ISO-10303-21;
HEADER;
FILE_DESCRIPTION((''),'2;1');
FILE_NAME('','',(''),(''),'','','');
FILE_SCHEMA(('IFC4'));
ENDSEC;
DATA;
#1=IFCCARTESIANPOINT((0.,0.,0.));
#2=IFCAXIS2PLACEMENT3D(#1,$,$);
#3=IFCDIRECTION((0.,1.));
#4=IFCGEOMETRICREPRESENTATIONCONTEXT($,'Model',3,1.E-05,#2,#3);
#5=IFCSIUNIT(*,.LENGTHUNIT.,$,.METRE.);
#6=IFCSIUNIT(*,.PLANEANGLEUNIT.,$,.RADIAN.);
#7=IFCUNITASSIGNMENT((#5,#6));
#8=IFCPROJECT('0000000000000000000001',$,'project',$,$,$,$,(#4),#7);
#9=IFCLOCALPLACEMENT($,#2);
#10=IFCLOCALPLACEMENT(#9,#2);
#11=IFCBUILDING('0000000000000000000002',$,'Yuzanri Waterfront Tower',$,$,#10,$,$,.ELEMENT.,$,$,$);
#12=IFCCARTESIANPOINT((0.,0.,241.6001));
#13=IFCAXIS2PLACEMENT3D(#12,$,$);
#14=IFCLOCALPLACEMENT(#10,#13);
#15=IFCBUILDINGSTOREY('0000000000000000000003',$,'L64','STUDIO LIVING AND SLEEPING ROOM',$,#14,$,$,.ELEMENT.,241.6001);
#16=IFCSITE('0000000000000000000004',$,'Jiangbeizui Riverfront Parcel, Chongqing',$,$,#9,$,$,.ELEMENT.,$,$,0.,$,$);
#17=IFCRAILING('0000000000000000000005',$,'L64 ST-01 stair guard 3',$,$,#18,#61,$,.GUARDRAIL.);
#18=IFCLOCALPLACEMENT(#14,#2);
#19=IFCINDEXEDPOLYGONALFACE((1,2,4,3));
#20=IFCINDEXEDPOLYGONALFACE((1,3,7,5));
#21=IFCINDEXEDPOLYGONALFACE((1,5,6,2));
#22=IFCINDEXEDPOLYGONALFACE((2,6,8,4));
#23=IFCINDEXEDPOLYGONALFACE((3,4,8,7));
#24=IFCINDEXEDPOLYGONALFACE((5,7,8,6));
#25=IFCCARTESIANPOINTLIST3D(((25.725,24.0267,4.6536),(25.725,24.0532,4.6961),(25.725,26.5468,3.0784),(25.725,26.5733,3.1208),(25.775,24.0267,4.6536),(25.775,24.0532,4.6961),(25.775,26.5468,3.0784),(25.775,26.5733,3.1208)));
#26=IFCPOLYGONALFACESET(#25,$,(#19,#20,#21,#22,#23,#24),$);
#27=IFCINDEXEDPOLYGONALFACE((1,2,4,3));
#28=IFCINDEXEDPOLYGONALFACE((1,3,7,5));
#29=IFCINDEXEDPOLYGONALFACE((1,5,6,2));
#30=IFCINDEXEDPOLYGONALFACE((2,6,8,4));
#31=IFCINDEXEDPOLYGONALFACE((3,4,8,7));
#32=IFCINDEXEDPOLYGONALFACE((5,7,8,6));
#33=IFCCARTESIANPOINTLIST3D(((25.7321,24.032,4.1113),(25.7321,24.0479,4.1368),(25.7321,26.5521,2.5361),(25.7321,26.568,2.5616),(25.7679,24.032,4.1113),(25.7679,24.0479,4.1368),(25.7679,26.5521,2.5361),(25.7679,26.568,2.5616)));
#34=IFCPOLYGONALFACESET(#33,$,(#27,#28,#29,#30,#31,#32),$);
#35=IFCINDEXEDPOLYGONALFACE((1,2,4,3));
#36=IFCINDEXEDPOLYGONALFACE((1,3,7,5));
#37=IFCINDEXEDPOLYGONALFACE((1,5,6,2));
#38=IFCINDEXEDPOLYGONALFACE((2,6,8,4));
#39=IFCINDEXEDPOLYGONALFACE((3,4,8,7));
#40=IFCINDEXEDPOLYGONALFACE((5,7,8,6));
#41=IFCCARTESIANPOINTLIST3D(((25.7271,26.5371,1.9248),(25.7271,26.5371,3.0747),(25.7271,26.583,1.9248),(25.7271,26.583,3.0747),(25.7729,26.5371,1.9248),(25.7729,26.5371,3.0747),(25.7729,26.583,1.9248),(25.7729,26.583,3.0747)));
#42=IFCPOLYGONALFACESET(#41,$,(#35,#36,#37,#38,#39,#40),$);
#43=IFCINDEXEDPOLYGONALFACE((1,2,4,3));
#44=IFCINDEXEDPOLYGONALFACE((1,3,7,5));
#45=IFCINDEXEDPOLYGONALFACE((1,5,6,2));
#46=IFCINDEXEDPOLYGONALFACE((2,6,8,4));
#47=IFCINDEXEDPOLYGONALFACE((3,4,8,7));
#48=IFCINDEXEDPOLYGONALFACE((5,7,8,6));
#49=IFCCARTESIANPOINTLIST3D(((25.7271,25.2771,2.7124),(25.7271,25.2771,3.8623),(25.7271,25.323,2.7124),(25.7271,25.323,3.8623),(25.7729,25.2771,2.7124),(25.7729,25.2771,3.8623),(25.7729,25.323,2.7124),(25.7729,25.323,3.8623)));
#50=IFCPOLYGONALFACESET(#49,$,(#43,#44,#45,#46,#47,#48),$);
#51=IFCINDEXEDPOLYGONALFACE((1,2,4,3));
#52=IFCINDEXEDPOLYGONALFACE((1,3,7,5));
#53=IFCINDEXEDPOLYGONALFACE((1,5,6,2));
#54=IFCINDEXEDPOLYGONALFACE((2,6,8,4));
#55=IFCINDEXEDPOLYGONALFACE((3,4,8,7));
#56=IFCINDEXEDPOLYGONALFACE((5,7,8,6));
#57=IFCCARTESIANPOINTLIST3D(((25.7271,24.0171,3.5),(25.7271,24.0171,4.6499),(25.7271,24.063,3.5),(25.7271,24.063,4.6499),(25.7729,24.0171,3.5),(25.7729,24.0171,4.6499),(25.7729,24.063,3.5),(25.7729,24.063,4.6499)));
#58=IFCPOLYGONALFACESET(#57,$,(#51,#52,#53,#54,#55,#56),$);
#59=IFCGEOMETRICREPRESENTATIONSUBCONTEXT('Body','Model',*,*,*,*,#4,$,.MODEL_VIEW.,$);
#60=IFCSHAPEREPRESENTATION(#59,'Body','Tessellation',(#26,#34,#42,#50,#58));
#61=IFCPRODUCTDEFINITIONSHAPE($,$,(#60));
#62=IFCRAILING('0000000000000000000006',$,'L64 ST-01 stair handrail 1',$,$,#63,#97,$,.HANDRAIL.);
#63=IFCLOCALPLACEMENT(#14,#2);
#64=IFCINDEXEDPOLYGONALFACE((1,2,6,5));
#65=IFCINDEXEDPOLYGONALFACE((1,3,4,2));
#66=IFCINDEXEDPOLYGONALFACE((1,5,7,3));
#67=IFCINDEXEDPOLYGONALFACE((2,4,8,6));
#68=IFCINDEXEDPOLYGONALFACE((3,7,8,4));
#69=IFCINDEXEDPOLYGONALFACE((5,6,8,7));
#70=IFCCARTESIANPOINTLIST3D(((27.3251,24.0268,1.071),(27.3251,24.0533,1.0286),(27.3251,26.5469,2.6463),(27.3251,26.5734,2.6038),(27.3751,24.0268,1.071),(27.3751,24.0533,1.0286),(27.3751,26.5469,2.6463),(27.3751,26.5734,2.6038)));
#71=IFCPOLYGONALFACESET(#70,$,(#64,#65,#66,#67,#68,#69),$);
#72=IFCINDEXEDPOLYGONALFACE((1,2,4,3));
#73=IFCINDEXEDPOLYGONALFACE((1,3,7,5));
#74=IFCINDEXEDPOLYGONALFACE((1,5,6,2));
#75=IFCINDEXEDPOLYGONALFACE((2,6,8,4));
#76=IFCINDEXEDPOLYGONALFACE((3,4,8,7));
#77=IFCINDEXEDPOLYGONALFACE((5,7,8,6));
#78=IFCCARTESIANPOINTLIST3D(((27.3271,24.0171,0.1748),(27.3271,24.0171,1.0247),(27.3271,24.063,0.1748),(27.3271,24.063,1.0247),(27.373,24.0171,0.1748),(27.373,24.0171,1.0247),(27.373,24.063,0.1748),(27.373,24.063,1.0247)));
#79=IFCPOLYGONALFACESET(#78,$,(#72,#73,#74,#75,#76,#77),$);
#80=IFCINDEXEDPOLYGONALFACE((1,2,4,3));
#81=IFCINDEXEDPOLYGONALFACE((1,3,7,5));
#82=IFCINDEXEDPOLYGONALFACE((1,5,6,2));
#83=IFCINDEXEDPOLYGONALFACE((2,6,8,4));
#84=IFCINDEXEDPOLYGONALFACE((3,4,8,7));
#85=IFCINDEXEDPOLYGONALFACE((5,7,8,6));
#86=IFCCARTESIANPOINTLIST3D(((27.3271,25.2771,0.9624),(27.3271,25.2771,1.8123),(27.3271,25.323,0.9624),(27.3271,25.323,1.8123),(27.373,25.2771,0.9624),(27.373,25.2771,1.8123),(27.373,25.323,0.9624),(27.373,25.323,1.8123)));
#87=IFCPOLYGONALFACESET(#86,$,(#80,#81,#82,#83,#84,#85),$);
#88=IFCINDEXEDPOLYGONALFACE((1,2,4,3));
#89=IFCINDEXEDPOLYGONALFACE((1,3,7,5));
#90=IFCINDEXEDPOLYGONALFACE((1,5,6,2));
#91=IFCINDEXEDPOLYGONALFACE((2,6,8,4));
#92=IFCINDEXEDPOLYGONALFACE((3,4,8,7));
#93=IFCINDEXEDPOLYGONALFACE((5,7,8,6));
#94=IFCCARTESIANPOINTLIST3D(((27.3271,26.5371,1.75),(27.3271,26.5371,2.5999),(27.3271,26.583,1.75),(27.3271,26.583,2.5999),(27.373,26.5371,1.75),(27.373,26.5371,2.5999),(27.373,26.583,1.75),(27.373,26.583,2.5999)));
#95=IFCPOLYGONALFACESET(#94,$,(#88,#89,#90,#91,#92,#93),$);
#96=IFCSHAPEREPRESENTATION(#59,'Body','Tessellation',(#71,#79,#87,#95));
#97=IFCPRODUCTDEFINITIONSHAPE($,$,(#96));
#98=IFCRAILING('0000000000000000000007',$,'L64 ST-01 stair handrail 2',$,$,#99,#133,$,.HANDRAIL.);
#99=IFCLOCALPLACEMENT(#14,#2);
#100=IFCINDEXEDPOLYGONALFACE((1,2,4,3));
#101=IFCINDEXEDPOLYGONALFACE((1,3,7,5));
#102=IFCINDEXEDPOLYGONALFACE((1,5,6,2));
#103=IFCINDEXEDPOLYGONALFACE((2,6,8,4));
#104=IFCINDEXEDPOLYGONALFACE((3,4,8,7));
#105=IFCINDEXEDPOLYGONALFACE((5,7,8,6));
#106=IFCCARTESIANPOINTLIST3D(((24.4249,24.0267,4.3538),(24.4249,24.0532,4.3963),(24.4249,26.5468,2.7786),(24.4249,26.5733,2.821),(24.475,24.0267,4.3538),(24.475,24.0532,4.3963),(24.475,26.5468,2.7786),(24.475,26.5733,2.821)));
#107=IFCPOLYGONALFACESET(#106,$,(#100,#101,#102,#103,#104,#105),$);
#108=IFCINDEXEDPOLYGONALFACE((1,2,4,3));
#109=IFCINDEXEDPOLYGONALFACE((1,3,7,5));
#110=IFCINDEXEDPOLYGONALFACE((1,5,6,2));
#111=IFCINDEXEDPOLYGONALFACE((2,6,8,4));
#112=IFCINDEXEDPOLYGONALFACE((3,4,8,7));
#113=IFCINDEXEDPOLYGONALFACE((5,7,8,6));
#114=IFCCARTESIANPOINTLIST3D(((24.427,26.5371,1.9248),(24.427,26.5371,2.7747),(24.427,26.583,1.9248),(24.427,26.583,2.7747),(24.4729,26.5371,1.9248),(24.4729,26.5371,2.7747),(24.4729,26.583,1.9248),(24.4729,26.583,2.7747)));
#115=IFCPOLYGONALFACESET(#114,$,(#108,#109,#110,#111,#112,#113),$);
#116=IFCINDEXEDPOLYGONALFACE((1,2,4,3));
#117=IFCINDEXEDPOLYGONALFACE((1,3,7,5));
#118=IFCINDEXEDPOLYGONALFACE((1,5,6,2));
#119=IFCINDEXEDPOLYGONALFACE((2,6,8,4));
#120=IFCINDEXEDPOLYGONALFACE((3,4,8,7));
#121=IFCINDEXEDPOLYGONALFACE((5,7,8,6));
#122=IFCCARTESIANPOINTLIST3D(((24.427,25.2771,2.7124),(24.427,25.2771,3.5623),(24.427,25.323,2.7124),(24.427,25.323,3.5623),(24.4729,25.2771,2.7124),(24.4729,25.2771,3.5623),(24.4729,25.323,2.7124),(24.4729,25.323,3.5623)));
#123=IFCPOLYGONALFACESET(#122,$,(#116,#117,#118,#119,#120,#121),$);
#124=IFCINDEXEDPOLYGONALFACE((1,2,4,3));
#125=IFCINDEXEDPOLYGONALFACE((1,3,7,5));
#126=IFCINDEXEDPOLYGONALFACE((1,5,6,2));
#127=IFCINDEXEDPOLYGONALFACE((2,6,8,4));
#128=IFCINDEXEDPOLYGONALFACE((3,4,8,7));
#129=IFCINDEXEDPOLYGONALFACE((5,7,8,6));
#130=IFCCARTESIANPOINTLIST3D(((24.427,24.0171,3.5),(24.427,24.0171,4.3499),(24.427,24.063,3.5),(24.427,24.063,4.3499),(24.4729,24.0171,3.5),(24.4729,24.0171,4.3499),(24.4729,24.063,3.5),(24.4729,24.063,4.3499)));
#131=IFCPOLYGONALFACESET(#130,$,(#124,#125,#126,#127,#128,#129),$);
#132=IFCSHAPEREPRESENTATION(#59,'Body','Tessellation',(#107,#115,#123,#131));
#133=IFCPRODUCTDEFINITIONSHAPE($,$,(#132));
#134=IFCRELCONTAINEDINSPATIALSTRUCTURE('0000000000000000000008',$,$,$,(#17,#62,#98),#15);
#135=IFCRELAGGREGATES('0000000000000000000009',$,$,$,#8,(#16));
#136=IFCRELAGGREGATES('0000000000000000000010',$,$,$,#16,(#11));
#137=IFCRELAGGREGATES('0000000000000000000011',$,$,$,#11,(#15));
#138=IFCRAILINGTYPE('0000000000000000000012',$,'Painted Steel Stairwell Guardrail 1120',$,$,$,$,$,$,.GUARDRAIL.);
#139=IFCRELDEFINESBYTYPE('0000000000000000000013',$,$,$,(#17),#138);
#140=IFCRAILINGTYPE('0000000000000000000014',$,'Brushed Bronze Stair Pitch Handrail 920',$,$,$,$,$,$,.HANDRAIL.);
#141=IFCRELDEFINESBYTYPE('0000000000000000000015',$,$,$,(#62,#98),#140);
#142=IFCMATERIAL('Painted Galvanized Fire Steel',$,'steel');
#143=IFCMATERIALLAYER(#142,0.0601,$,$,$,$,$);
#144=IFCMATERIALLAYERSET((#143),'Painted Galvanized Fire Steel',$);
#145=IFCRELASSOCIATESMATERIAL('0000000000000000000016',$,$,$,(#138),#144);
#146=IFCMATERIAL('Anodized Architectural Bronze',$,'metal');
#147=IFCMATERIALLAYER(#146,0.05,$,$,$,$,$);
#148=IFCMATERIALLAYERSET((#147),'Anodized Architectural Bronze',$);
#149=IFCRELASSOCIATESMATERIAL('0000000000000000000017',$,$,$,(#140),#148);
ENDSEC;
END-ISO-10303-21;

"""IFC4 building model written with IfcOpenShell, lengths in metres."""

from ifc_helpers import new_model, si_unit, direction, frame, origin, origin_2d, place, context, subcontext, project, spatial, rectangle, extrude, source, transform, mapped, material, layer, layer_set, type_object, element, save


model = new_model("IFC4")

# Units and contexts
model_context = context("Model", 3, precision=1e-05, world=origin(), true_north=direction((0.0, 1.0)))
body_context = subcontext(model_context, "Body", "Model", "MODEL_VIEW")
ifc_project = project(units=[si_unit("LENGTHUNIT", "METRE"), si_unit("PLANEANGLEUNIT", "RADIAN")], contexts=[model_context])

# Site, building, storey
site_placement = place(None, origin())
site = spatial("IfcSite", under=ifc_project, at=site_placement, Name="Jiangbeizui Riverfront Parcel, Chongqing", CompositionType="ELEMENT", RefElevation=0.0)
building_placement = place(site_placement, origin())
building = spatial("IfcBuilding", under=site, at=building_placement, Name="Yuzanri Waterfront Tower", CompositionType="ELEMENT")
storey_placement = place(building_placement, frame((0.0, 0.0, 241.6001)))
storey = spatial("IfcBuildingStorey", under=building, at=storey_placement, Name="L64", Description="STUDIO LIVING AND SLEEPING ROOM", CompositionType="ELEMENT", Elevation=241.6001)

# Railings
ifc_material_1 = material(Name="Painted Galvanized Fire Steel", Category="steel")
ifc_layer_1 = layer(ifc_material_1, 0.0601)
ifc_layer_set_1 = layer_set([ifc_layer_1], Name="Painted Galvanized Fire Steel")
railing_type_1 = type_object("IfcRailingType", Name="Painted Steel Stairwell Guardrail 1120", PredefinedType="GUARDRAIL", material=ifc_layer_set_1)
shared_shape_1 = source(origin(), body_context, "Body", "SweptSolid", [
    extrude(rectangle(XDim=0.05, YDim=0.05, at=origin_2d()), frame((0.0, 0.0, 1.1748), z_axis=(0.0, -0.847971, 0.530043), x_axis=(1.0, 0.0, 0.0)), (0.0, 0.0, 1.0), 2.9719),
    extrude(rectangle(XDim=0.0359, YDim=0.03, at=origin_2d()), frame((0.0, 0.0, 0.624), z_axis=(0.0, -0.847971, 0.530043), x_axis=(1.0, 0.0, 0.0)), (0.0, 0.0, 1.0), 2.9719),
    extrude(rectangle(XDim=0.0459, YDim=0.0459, at=origin_2d()), origin(), (0.0, 0.0, 1.0), 1.1499),
    extrude(rectangle(XDim=0.0459, YDim=0.0459, at=origin_2d()), frame((0.0, -1.26, 0.7876)), (0.0, 0.0, 1.0), 1.1499),
    extrude(rectangle(XDim=0.0459, YDim=0.0459, at=origin_2d()), frame((0.0, -2.52, 1.5752)), (0.0, 0.0, 1.0), 1.1499),
])
railing_1_placement = place(storey_placement, frame((25.75, 26.5601, 1.9248)))
element("IfcRailing", 1, at=railing_1_placement, inside=storey, type_object=railing_type_1, Name="L64 ST-01 stair guard 3", PredefinedType="GUARDRAIL", context=body_context, shape_type="MappedRepresentation", body=[
    mapped(shared_shape_1, transform((0.0, 0.0, 0.0), scale=1.0)),
])
ifc_material_2 = material(Name="Anodized Architectural Bronze", Category="metal")
ifc_layer_2 = layer(ifc_material_2, 0.05)
ifc_layer_set_2 = layer_set([ifc_layer_2], Name="Anodized Architectural Bronze")
railing_type_2 = type_object("IfcRailingType", Name="Brushed Bronze Stair Pitch Handrail 920", PredefinedType="HANDRAIL", material=ifc_layer_set_2)
shared_shape_2 = source(origin(), body_context, "Body", "SweptSolid", [
    extrude(rectangle(XDim=0.05, YDim=0.05, at=origin_2d()), frame((0.0, 0.0, 0.875), z_axis=(0.0, 0.847971, 0.530043), x_axis=(-1.0, 0.0, 0.0)), (0.0, 0.0, 1.0), 2.9719),
    extrude(rectangle(XDim=0.0459, YDim=0.0459, at=origin_2d()), origin(), (0.0, 0.0, 1.0), 0.8499),
    extrude(rectangle(XDim=0.0459, YDim=0.0459, at=origin_2d()), frame((0.0, 1.26, 0.7876)), (0.0, 0.0, 1.0), 0.8499),
    extrude(rectangle(XDim=0.0459, YDim=0.0459, at=origin_2d()), frame((0.0, 2.52, 1.5752)), (0.0, 0.0, 1.0), 0.8499),
])
railing_2_placement = place(storey_placement, frame((27.3501, 24.04, 0.1748)))
element("IfcRailing", 2, at=railing_2_placement, inside=storey, type_object=railing_type_2, Name="L64 ST-01 stair handrail 1", PredefinedType="HANDRAIL", context=body_context, shape_type="MappedRepresentation", body=[
    mapped(shared_shape_2, transform((0.0, 0.0, 0.0), scale=1.0)),
])
shared_shape_3 = source(origin(), body_context, "Body", "SweptSolid", [
    extrude(rectangle(XDim=0.05, YDim=0.05, at=origin_2d()), frame((0.0, 0.0, 0.875), z_axis=(0.0, -0.847971, 0.530043), x_axis=(1.0, 0.0, 0.0)), (0.0, 0.0, 1.0), 2.9719),
    extrude(rectangle(XDim=0.0459, YDim=0.0459, at=origin_2d()), origin(), (0.0, 0.0, 1.0), 0.8499),
    extrude(rectangle(XDim=0.0459, YDim=0.0459, at=origin_2d()), frame((0.0, -1.26, 0.7876)), (0.0, 0.0, 1.0), 0.8499),
    extrude(rectangle(XDim=0.0459, YDim=0.0459, at=origin_2d()), frame((0.0, -2.52, 1.5752)), (0.0, 0.0, 1.0), 0.8499),
])
railing_3_placement = place(storey_placement, frame((24.45, 26.5601, 1.9248)))
element("IfcRailing", 3, at=railing_3_placement, inside=storey, type_object=railing_type_2, Name="L64 ST-01 stair handrail 2", PredefinedType="HANDRAIL", context=body_context, shape_type="MappedRepresentation", body=[
    mapped(shared_shape_3, transform((0.0, 0.0, 0.0), scale=1.0)),
])

save(model, "model.ifc")
